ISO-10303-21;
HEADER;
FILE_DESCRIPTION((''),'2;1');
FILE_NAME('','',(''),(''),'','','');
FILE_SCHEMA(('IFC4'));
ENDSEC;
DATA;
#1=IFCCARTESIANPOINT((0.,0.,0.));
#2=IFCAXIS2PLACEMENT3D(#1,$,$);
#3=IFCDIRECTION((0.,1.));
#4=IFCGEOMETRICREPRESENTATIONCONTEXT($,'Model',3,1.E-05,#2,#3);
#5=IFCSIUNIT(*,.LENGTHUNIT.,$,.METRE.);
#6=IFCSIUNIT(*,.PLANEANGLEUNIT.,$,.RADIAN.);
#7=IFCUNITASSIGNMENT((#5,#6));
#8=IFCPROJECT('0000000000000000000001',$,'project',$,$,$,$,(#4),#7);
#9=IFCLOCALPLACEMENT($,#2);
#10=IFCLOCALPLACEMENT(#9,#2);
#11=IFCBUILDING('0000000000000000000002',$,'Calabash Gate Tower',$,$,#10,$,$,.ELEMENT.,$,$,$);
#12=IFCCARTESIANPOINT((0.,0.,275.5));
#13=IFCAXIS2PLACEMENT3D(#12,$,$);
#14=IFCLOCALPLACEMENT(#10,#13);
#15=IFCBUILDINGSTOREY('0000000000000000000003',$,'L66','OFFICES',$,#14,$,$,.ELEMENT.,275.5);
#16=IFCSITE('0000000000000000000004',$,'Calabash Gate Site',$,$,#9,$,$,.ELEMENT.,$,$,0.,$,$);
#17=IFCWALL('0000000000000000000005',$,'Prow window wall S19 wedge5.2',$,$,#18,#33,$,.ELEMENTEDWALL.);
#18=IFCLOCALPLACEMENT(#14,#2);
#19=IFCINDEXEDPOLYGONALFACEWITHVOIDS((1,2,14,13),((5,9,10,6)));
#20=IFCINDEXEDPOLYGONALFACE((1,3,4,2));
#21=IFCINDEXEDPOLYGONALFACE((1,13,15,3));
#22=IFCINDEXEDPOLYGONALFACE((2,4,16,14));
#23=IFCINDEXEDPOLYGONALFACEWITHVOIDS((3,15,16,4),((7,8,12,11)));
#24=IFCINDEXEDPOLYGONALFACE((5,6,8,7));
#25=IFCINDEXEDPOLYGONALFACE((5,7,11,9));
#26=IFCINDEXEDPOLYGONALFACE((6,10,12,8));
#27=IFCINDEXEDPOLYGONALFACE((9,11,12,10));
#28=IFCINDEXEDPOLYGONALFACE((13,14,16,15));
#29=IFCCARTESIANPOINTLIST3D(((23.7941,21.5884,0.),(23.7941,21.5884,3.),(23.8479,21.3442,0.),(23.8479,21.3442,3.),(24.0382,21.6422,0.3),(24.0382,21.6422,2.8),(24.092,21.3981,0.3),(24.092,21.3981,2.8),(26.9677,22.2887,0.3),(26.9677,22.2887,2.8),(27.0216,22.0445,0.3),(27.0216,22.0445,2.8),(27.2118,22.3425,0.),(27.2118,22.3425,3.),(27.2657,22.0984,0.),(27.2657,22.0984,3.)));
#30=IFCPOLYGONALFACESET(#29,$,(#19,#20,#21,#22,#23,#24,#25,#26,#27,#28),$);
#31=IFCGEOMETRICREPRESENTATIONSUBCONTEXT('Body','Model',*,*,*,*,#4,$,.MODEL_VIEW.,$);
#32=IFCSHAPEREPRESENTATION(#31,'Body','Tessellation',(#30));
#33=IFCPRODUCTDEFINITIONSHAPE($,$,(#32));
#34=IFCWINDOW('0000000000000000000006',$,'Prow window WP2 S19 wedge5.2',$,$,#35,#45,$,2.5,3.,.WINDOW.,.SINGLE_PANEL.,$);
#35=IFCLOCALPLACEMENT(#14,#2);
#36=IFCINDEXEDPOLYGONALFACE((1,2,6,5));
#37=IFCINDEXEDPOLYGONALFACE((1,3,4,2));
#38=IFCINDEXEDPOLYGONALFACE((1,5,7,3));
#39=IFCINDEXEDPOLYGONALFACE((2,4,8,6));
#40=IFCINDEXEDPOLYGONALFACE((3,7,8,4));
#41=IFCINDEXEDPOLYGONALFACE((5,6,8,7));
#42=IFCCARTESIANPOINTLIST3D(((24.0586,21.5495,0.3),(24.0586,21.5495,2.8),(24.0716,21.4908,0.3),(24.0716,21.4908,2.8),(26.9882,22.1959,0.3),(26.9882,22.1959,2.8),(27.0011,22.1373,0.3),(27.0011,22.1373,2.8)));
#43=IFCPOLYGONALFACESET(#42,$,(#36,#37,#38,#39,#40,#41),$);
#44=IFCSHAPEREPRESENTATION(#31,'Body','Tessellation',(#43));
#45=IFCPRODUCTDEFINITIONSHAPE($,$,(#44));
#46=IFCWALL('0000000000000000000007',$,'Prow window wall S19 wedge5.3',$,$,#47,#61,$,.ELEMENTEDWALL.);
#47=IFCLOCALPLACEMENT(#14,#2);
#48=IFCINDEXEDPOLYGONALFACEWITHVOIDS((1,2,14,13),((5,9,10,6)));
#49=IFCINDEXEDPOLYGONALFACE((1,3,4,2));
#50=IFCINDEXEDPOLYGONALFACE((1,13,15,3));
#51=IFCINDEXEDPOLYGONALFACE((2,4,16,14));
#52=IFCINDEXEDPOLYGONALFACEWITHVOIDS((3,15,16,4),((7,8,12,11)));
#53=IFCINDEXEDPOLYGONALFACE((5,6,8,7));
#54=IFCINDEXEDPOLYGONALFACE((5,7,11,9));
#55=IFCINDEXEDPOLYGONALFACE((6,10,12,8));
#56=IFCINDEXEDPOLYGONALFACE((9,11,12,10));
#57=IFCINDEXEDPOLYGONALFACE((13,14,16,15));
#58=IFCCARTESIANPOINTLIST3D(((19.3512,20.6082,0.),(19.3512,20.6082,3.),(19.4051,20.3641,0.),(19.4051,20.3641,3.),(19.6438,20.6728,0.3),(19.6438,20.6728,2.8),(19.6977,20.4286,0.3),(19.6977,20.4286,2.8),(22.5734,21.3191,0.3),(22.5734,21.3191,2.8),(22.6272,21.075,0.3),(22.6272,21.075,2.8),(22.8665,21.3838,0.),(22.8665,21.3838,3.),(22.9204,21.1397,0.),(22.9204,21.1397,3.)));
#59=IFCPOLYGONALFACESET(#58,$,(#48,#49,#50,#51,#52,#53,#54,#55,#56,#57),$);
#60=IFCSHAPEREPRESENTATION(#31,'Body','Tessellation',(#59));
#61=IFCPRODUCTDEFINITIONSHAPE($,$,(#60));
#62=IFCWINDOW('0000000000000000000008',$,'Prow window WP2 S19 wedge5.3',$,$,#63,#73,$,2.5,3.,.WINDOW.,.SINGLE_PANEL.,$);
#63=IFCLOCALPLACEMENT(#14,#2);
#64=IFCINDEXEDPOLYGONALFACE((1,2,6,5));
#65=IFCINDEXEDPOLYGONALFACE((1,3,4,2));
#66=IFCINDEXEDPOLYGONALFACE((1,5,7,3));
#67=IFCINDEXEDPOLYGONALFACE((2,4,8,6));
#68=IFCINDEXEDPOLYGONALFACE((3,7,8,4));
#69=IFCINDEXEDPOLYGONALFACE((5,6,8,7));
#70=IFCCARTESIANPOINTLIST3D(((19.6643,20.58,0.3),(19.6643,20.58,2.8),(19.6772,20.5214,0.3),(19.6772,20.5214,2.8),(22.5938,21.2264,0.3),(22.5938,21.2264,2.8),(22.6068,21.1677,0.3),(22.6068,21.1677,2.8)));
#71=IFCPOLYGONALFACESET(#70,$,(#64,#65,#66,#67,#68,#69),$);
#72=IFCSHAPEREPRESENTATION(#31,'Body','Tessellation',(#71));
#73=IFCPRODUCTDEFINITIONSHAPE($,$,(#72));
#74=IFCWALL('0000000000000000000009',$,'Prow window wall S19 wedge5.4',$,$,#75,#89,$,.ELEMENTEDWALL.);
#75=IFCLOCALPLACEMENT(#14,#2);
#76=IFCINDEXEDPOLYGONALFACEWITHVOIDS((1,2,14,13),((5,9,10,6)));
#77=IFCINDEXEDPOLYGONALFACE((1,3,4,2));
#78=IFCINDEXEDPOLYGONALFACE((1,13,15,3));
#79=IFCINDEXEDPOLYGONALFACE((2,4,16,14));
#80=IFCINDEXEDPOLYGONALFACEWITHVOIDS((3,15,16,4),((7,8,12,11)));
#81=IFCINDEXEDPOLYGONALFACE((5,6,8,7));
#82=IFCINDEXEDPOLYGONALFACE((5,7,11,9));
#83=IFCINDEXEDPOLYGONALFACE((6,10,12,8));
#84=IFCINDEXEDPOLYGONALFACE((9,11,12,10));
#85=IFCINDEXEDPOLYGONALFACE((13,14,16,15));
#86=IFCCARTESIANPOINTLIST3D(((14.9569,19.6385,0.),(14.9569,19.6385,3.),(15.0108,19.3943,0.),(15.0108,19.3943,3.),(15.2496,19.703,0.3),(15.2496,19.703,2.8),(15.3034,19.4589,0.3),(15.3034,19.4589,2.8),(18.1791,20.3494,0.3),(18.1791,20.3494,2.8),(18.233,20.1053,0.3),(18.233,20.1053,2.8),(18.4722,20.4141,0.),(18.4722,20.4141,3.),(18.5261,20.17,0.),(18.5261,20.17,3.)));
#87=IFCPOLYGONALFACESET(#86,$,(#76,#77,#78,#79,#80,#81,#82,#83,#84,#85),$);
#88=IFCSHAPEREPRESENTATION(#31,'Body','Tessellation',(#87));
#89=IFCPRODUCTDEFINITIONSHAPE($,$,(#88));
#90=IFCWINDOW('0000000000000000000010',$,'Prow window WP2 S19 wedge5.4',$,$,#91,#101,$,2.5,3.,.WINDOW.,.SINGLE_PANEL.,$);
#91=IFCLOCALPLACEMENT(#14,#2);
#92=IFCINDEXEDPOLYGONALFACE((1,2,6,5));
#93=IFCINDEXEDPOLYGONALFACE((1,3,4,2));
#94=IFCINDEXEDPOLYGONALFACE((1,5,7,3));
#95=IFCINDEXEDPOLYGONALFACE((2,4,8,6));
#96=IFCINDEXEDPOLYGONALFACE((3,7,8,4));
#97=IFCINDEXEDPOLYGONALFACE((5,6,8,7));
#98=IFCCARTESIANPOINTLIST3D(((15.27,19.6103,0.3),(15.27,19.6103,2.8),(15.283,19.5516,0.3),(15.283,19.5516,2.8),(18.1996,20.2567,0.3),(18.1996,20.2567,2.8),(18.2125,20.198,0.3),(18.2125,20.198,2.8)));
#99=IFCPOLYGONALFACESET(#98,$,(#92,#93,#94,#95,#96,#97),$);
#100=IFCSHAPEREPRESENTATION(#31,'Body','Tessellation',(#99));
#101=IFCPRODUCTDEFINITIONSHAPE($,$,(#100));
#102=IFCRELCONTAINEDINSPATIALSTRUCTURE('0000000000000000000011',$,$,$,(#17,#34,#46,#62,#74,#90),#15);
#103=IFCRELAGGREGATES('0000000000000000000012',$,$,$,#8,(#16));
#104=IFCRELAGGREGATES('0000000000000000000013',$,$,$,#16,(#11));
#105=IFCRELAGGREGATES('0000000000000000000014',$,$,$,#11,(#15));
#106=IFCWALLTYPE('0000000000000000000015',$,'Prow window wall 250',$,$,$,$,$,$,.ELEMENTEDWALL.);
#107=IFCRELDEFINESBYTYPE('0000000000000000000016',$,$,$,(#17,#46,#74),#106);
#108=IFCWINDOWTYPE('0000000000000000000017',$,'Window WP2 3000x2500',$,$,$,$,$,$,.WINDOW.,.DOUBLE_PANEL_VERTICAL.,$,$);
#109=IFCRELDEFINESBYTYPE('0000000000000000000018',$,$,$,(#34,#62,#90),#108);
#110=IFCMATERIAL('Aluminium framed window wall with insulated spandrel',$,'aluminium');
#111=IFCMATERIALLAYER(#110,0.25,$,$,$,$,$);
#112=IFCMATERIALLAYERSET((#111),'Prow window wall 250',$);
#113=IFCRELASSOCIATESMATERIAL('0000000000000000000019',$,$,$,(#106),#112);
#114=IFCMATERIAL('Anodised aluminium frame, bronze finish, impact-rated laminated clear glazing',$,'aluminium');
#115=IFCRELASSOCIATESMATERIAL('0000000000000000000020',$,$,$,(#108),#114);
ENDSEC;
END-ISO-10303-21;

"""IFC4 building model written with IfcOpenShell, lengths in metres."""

from ifc_helpers import new_model, si_unit, direction, frame, frame_2d, origin, place, context, subcontext, project, spatial, rectangle, extrude, material, layer, layer_set, type_object, element, fill, save


model = new_model("IFC4")

# Units and contexts
model_context = context("Model", 3, precision=1e-05, world=origin(), true_north=direction((0.0, 1.0)))
body_context = subcontext(model_context, "Body", "Model", "MODEL_VIEW")
ifc_project = project(units=[si_unit("LENGTHUNIT", "METRE"), si_unit("PLANEANGLEUNIT", "RADIAN")], contexts=[model_context])

# Site, building, storey
site_placement = place(None, origin())
site = spatial("IfcSite", under=ifc_project, at=site_placement, Name="Calabash Gate Site", CompositionType="ELEMENT", RefElevation=0.0)
building_placement = place(site_placement, origin())
building = spatial("IfcBuilding", under=site, at=building_placement, Name="Calabash Gate Tower", CompositionType="ELEMENT")
storey_placement = place(building_placement, frame((0.0, 0.0, 275.5)))
storey = spatial("IfcBuildingStorey", under=building, at=storey_placement, Name="L66", Description="OFFICES", CompositionType="ELEMENT", Elevation=275.5)

# Walls, openings, windows
ifc_material_1 = material(Name="Aluminium framed window wall with insulated spandrel", Category="aluminium")
ifc_layer_1 = layer(ifc_material_1, 0.25)
ifc_layer_set_1 = layer_set([ifc_layer_1], Name="Prow window wall 250")
wall_type_1 = type_object("IfcWallType", Name="Prow window wall 250", PredefinedType="ELEMENTEDWALL", material=ifc_layer_set_1)
ifc_material_2 = material(Name="Anodised aluminium frame, bronze finish, impact-rated laminated clear glazing", Category="aluminium")
window_type = type_object("IfcWindowType", Name="Window WP2 3000x2500", PartitioningType="DOUBLE_PANEL_VERTICAL", PredefinedType="WINDOW", material=ifc_material_2)
wall_1_placement = place(storey_placement, frame((27.2388, 22.2205, 0.0), z_axis=(0.0, 0.0, 1.0), x_axis=(-0.976509, -0.215475, 0.0)))
wall_1 = element("IfcWall", 1, at=wall_1_placement, inside=storey, type_object=wall_type_1, Name="Prow window wall S19 wedge5.2", PredefinedType="ELEMENTEDWALL", context=body_context, shape_type="SweptSolid", body=[
    extrude(rectangle(XDim=3.5, YDim=0.25, at=frame_2d((1.75, 0.0))), origin(), (0.0, 0.0, 1.0), 3.0),
])
opening_1_placement = place(wall_1_placement, frame((0.25, 0.0, 0.3)))
opening_1 = element("IfcOpeningElement", 2, at=opening_1_placement, cuts=wall_1, PredefinedType="OPENING", context=body_context, shape_type="SweptSolid", body=[
    extrude(rectangle(XDim=3.0, YDim=2.5, at=frame_2d((1.5, 1.25))), frame((0.0, 0.135, 0.0), z_axis=(0.0, -1.0, 0.0), x_axis=(1.0, 0.0, 0.0)), (0.0, 0.0, 1.0), 0.27),
])
window_1_placement = place(opening_1_placement, origin())
window_1 = element("IfcWindow", 3, at=window_1_placement, inside=storey, type_object=window_type, Name="Prow window WP2 S19 wedge5.2", OverallHeight=2.5, OverallWidth=3.0, PartitioningType="SINGLE_PANEL", PredefinedType="WINDOW", context=body_context, shape_type="SweptSolid", body=[
    extrude(rectangle(XDim=3.0, YDim=2.5, at=frame_2d((1.5, 1.25))), frame((0.0, 0.03, 0.0), z_axis=(0.0, -1.0, 0.0), x_axis=(1.0, 0.0, 0.0)), (0.0, 0.0, 1.0), 0.0601),
])
fill(opening_1, window_1)
wall_2_placement = place(storey_placement, frame((22.8933, 21.2617, 0.0), z_axis=(0.0, 0.0, 1.0), x_axis=(-0.976513, -0.215458, 0.0)))
wall_2 = element("IfcWall", 4, at=wall_2_placement, inside=storey, type_object=wall_type_1, Name="Prow window wall S19 wedge5.3", PredefinedType="ELEMENTEDWALL", context=body_context, shape_type="SweptSolid", body=[
    extrude(rectangle(XDim=3.5999, YDim=0.25, at=frame_2d((1.7998, 0.0))), origin(), (0.0, 0.0, 1.0), 3.0),
])
opening_2_placement = place(wall_2_placement, frame((0.3, 0.0, 0.3)))
opening_2 = element("IfcOpeningElement", 5, at=opening_2_placement, cuts=wall_2, PredefinedType="OPENING", context=body_context, shape_type="SweptSolid", body=[
    extrude(rectangle(XDim=3.0, YDim=2.5, at=frame_2d((1.5, 1.25))), frame((0.0, 0.135, 0.0), z_axis=(0.0, -1.0, 0.0), x_axis=(1.0, 0.0, 0.0)), (0.0, 0.0, 1.0), 0.27),
])
window_2_placement = place(opening_2_placement, origin())
window_2 = element("IfcWindow", 6, at=window_2_placement, inside=storey, type_object=window_type, Name="Prow window WP2 S19 wedge5.3", OverallHeight=2.5, OverallWidth=3.0, PartitioningType="SINGLE_PANEL", PredefinedType="WINDOW", context=body_context, shape_type="SweptSolid", body=[
    extrude(rectangle(XDim=3.0, YDim=2.5, at=frame_2d((1.5, 1.25))), frame((0.0, 0.03, 0.0), z_axis=(0.0, -1.0, 0.0), x_axis=(1.0, 0.0, 0.0)), (0.0, 0.0, 1.0), 0.0601),
])
fill(opening_2, window_2)
wall_3_placement = place(storey_placement, frame((18.499, 20.292, 0.0), z_axis=(0.0, 0.0, 1.0), x_axis=(-0.976513, -0.215458, 0.0)))
wall_3 = element("IfcWall", 7, at=wall_3_placement, inside=storey, type_object=wall_type_1, Name="Prow window wall S19 wedge5.4", PredefinedType="ELEMENTEDWALL", context=body_context, shape_type="SweptSolid", body=[
    extrude(rectangle(XDim=3.5999, YDim=0.25, at=frame_2d((1.7998, 0.0))), origin(), (0.0, 0.0, 1.0), 3.0),
])
opening_3_placement = place(wall_3_placement, frame((0.3, 0.0, 0.3)))
opening_3 = element("IfcOpeningElement", 8, at=opening_3_placement, cuts=wall_3, PredefinedType="OPENING", context=body_context, shape_type="SweptSolid", body=[
    extrude(rectangle(XDim=3.0, YDim=2.5, at=frame_2d((1.5, 1.25))), frame((0.0, 0.135, 0.0), z_axis=(0.0, -1.0, 0.0), x_axis=(1.0, 0.0, 0.0)), (0.0, 0.0, 1.0), 0.27),
])
window_3_placement = place(opening_3_placement, origin())
window_3 = element("IfcWindow", 9, at=window_3_placement, inside=storey, type_object=window_type, Name="Prow window WP2 S19 wedge5.4", OverallHeight=2.5, OverallWidth=3.0, PartitioningType="SINGLE_PANEL", PredefinedType="WINDOW", context=body_context, shape_type="SweptSolid", body=[
    extrude(rectangle(XDim=3.0, YDim=2.5, at=frame_2d((1.5, 1.25))), frame((0.0, 0.03, 0.0), z_axis=(0.0, -1.0, 0.0), x_axis=(1.0, 0.0, 0.0)), (0.0, 0.0, 1.0), 0.0601),
])
fill(opening_3, window_3)

save(model, "model.ifc")
